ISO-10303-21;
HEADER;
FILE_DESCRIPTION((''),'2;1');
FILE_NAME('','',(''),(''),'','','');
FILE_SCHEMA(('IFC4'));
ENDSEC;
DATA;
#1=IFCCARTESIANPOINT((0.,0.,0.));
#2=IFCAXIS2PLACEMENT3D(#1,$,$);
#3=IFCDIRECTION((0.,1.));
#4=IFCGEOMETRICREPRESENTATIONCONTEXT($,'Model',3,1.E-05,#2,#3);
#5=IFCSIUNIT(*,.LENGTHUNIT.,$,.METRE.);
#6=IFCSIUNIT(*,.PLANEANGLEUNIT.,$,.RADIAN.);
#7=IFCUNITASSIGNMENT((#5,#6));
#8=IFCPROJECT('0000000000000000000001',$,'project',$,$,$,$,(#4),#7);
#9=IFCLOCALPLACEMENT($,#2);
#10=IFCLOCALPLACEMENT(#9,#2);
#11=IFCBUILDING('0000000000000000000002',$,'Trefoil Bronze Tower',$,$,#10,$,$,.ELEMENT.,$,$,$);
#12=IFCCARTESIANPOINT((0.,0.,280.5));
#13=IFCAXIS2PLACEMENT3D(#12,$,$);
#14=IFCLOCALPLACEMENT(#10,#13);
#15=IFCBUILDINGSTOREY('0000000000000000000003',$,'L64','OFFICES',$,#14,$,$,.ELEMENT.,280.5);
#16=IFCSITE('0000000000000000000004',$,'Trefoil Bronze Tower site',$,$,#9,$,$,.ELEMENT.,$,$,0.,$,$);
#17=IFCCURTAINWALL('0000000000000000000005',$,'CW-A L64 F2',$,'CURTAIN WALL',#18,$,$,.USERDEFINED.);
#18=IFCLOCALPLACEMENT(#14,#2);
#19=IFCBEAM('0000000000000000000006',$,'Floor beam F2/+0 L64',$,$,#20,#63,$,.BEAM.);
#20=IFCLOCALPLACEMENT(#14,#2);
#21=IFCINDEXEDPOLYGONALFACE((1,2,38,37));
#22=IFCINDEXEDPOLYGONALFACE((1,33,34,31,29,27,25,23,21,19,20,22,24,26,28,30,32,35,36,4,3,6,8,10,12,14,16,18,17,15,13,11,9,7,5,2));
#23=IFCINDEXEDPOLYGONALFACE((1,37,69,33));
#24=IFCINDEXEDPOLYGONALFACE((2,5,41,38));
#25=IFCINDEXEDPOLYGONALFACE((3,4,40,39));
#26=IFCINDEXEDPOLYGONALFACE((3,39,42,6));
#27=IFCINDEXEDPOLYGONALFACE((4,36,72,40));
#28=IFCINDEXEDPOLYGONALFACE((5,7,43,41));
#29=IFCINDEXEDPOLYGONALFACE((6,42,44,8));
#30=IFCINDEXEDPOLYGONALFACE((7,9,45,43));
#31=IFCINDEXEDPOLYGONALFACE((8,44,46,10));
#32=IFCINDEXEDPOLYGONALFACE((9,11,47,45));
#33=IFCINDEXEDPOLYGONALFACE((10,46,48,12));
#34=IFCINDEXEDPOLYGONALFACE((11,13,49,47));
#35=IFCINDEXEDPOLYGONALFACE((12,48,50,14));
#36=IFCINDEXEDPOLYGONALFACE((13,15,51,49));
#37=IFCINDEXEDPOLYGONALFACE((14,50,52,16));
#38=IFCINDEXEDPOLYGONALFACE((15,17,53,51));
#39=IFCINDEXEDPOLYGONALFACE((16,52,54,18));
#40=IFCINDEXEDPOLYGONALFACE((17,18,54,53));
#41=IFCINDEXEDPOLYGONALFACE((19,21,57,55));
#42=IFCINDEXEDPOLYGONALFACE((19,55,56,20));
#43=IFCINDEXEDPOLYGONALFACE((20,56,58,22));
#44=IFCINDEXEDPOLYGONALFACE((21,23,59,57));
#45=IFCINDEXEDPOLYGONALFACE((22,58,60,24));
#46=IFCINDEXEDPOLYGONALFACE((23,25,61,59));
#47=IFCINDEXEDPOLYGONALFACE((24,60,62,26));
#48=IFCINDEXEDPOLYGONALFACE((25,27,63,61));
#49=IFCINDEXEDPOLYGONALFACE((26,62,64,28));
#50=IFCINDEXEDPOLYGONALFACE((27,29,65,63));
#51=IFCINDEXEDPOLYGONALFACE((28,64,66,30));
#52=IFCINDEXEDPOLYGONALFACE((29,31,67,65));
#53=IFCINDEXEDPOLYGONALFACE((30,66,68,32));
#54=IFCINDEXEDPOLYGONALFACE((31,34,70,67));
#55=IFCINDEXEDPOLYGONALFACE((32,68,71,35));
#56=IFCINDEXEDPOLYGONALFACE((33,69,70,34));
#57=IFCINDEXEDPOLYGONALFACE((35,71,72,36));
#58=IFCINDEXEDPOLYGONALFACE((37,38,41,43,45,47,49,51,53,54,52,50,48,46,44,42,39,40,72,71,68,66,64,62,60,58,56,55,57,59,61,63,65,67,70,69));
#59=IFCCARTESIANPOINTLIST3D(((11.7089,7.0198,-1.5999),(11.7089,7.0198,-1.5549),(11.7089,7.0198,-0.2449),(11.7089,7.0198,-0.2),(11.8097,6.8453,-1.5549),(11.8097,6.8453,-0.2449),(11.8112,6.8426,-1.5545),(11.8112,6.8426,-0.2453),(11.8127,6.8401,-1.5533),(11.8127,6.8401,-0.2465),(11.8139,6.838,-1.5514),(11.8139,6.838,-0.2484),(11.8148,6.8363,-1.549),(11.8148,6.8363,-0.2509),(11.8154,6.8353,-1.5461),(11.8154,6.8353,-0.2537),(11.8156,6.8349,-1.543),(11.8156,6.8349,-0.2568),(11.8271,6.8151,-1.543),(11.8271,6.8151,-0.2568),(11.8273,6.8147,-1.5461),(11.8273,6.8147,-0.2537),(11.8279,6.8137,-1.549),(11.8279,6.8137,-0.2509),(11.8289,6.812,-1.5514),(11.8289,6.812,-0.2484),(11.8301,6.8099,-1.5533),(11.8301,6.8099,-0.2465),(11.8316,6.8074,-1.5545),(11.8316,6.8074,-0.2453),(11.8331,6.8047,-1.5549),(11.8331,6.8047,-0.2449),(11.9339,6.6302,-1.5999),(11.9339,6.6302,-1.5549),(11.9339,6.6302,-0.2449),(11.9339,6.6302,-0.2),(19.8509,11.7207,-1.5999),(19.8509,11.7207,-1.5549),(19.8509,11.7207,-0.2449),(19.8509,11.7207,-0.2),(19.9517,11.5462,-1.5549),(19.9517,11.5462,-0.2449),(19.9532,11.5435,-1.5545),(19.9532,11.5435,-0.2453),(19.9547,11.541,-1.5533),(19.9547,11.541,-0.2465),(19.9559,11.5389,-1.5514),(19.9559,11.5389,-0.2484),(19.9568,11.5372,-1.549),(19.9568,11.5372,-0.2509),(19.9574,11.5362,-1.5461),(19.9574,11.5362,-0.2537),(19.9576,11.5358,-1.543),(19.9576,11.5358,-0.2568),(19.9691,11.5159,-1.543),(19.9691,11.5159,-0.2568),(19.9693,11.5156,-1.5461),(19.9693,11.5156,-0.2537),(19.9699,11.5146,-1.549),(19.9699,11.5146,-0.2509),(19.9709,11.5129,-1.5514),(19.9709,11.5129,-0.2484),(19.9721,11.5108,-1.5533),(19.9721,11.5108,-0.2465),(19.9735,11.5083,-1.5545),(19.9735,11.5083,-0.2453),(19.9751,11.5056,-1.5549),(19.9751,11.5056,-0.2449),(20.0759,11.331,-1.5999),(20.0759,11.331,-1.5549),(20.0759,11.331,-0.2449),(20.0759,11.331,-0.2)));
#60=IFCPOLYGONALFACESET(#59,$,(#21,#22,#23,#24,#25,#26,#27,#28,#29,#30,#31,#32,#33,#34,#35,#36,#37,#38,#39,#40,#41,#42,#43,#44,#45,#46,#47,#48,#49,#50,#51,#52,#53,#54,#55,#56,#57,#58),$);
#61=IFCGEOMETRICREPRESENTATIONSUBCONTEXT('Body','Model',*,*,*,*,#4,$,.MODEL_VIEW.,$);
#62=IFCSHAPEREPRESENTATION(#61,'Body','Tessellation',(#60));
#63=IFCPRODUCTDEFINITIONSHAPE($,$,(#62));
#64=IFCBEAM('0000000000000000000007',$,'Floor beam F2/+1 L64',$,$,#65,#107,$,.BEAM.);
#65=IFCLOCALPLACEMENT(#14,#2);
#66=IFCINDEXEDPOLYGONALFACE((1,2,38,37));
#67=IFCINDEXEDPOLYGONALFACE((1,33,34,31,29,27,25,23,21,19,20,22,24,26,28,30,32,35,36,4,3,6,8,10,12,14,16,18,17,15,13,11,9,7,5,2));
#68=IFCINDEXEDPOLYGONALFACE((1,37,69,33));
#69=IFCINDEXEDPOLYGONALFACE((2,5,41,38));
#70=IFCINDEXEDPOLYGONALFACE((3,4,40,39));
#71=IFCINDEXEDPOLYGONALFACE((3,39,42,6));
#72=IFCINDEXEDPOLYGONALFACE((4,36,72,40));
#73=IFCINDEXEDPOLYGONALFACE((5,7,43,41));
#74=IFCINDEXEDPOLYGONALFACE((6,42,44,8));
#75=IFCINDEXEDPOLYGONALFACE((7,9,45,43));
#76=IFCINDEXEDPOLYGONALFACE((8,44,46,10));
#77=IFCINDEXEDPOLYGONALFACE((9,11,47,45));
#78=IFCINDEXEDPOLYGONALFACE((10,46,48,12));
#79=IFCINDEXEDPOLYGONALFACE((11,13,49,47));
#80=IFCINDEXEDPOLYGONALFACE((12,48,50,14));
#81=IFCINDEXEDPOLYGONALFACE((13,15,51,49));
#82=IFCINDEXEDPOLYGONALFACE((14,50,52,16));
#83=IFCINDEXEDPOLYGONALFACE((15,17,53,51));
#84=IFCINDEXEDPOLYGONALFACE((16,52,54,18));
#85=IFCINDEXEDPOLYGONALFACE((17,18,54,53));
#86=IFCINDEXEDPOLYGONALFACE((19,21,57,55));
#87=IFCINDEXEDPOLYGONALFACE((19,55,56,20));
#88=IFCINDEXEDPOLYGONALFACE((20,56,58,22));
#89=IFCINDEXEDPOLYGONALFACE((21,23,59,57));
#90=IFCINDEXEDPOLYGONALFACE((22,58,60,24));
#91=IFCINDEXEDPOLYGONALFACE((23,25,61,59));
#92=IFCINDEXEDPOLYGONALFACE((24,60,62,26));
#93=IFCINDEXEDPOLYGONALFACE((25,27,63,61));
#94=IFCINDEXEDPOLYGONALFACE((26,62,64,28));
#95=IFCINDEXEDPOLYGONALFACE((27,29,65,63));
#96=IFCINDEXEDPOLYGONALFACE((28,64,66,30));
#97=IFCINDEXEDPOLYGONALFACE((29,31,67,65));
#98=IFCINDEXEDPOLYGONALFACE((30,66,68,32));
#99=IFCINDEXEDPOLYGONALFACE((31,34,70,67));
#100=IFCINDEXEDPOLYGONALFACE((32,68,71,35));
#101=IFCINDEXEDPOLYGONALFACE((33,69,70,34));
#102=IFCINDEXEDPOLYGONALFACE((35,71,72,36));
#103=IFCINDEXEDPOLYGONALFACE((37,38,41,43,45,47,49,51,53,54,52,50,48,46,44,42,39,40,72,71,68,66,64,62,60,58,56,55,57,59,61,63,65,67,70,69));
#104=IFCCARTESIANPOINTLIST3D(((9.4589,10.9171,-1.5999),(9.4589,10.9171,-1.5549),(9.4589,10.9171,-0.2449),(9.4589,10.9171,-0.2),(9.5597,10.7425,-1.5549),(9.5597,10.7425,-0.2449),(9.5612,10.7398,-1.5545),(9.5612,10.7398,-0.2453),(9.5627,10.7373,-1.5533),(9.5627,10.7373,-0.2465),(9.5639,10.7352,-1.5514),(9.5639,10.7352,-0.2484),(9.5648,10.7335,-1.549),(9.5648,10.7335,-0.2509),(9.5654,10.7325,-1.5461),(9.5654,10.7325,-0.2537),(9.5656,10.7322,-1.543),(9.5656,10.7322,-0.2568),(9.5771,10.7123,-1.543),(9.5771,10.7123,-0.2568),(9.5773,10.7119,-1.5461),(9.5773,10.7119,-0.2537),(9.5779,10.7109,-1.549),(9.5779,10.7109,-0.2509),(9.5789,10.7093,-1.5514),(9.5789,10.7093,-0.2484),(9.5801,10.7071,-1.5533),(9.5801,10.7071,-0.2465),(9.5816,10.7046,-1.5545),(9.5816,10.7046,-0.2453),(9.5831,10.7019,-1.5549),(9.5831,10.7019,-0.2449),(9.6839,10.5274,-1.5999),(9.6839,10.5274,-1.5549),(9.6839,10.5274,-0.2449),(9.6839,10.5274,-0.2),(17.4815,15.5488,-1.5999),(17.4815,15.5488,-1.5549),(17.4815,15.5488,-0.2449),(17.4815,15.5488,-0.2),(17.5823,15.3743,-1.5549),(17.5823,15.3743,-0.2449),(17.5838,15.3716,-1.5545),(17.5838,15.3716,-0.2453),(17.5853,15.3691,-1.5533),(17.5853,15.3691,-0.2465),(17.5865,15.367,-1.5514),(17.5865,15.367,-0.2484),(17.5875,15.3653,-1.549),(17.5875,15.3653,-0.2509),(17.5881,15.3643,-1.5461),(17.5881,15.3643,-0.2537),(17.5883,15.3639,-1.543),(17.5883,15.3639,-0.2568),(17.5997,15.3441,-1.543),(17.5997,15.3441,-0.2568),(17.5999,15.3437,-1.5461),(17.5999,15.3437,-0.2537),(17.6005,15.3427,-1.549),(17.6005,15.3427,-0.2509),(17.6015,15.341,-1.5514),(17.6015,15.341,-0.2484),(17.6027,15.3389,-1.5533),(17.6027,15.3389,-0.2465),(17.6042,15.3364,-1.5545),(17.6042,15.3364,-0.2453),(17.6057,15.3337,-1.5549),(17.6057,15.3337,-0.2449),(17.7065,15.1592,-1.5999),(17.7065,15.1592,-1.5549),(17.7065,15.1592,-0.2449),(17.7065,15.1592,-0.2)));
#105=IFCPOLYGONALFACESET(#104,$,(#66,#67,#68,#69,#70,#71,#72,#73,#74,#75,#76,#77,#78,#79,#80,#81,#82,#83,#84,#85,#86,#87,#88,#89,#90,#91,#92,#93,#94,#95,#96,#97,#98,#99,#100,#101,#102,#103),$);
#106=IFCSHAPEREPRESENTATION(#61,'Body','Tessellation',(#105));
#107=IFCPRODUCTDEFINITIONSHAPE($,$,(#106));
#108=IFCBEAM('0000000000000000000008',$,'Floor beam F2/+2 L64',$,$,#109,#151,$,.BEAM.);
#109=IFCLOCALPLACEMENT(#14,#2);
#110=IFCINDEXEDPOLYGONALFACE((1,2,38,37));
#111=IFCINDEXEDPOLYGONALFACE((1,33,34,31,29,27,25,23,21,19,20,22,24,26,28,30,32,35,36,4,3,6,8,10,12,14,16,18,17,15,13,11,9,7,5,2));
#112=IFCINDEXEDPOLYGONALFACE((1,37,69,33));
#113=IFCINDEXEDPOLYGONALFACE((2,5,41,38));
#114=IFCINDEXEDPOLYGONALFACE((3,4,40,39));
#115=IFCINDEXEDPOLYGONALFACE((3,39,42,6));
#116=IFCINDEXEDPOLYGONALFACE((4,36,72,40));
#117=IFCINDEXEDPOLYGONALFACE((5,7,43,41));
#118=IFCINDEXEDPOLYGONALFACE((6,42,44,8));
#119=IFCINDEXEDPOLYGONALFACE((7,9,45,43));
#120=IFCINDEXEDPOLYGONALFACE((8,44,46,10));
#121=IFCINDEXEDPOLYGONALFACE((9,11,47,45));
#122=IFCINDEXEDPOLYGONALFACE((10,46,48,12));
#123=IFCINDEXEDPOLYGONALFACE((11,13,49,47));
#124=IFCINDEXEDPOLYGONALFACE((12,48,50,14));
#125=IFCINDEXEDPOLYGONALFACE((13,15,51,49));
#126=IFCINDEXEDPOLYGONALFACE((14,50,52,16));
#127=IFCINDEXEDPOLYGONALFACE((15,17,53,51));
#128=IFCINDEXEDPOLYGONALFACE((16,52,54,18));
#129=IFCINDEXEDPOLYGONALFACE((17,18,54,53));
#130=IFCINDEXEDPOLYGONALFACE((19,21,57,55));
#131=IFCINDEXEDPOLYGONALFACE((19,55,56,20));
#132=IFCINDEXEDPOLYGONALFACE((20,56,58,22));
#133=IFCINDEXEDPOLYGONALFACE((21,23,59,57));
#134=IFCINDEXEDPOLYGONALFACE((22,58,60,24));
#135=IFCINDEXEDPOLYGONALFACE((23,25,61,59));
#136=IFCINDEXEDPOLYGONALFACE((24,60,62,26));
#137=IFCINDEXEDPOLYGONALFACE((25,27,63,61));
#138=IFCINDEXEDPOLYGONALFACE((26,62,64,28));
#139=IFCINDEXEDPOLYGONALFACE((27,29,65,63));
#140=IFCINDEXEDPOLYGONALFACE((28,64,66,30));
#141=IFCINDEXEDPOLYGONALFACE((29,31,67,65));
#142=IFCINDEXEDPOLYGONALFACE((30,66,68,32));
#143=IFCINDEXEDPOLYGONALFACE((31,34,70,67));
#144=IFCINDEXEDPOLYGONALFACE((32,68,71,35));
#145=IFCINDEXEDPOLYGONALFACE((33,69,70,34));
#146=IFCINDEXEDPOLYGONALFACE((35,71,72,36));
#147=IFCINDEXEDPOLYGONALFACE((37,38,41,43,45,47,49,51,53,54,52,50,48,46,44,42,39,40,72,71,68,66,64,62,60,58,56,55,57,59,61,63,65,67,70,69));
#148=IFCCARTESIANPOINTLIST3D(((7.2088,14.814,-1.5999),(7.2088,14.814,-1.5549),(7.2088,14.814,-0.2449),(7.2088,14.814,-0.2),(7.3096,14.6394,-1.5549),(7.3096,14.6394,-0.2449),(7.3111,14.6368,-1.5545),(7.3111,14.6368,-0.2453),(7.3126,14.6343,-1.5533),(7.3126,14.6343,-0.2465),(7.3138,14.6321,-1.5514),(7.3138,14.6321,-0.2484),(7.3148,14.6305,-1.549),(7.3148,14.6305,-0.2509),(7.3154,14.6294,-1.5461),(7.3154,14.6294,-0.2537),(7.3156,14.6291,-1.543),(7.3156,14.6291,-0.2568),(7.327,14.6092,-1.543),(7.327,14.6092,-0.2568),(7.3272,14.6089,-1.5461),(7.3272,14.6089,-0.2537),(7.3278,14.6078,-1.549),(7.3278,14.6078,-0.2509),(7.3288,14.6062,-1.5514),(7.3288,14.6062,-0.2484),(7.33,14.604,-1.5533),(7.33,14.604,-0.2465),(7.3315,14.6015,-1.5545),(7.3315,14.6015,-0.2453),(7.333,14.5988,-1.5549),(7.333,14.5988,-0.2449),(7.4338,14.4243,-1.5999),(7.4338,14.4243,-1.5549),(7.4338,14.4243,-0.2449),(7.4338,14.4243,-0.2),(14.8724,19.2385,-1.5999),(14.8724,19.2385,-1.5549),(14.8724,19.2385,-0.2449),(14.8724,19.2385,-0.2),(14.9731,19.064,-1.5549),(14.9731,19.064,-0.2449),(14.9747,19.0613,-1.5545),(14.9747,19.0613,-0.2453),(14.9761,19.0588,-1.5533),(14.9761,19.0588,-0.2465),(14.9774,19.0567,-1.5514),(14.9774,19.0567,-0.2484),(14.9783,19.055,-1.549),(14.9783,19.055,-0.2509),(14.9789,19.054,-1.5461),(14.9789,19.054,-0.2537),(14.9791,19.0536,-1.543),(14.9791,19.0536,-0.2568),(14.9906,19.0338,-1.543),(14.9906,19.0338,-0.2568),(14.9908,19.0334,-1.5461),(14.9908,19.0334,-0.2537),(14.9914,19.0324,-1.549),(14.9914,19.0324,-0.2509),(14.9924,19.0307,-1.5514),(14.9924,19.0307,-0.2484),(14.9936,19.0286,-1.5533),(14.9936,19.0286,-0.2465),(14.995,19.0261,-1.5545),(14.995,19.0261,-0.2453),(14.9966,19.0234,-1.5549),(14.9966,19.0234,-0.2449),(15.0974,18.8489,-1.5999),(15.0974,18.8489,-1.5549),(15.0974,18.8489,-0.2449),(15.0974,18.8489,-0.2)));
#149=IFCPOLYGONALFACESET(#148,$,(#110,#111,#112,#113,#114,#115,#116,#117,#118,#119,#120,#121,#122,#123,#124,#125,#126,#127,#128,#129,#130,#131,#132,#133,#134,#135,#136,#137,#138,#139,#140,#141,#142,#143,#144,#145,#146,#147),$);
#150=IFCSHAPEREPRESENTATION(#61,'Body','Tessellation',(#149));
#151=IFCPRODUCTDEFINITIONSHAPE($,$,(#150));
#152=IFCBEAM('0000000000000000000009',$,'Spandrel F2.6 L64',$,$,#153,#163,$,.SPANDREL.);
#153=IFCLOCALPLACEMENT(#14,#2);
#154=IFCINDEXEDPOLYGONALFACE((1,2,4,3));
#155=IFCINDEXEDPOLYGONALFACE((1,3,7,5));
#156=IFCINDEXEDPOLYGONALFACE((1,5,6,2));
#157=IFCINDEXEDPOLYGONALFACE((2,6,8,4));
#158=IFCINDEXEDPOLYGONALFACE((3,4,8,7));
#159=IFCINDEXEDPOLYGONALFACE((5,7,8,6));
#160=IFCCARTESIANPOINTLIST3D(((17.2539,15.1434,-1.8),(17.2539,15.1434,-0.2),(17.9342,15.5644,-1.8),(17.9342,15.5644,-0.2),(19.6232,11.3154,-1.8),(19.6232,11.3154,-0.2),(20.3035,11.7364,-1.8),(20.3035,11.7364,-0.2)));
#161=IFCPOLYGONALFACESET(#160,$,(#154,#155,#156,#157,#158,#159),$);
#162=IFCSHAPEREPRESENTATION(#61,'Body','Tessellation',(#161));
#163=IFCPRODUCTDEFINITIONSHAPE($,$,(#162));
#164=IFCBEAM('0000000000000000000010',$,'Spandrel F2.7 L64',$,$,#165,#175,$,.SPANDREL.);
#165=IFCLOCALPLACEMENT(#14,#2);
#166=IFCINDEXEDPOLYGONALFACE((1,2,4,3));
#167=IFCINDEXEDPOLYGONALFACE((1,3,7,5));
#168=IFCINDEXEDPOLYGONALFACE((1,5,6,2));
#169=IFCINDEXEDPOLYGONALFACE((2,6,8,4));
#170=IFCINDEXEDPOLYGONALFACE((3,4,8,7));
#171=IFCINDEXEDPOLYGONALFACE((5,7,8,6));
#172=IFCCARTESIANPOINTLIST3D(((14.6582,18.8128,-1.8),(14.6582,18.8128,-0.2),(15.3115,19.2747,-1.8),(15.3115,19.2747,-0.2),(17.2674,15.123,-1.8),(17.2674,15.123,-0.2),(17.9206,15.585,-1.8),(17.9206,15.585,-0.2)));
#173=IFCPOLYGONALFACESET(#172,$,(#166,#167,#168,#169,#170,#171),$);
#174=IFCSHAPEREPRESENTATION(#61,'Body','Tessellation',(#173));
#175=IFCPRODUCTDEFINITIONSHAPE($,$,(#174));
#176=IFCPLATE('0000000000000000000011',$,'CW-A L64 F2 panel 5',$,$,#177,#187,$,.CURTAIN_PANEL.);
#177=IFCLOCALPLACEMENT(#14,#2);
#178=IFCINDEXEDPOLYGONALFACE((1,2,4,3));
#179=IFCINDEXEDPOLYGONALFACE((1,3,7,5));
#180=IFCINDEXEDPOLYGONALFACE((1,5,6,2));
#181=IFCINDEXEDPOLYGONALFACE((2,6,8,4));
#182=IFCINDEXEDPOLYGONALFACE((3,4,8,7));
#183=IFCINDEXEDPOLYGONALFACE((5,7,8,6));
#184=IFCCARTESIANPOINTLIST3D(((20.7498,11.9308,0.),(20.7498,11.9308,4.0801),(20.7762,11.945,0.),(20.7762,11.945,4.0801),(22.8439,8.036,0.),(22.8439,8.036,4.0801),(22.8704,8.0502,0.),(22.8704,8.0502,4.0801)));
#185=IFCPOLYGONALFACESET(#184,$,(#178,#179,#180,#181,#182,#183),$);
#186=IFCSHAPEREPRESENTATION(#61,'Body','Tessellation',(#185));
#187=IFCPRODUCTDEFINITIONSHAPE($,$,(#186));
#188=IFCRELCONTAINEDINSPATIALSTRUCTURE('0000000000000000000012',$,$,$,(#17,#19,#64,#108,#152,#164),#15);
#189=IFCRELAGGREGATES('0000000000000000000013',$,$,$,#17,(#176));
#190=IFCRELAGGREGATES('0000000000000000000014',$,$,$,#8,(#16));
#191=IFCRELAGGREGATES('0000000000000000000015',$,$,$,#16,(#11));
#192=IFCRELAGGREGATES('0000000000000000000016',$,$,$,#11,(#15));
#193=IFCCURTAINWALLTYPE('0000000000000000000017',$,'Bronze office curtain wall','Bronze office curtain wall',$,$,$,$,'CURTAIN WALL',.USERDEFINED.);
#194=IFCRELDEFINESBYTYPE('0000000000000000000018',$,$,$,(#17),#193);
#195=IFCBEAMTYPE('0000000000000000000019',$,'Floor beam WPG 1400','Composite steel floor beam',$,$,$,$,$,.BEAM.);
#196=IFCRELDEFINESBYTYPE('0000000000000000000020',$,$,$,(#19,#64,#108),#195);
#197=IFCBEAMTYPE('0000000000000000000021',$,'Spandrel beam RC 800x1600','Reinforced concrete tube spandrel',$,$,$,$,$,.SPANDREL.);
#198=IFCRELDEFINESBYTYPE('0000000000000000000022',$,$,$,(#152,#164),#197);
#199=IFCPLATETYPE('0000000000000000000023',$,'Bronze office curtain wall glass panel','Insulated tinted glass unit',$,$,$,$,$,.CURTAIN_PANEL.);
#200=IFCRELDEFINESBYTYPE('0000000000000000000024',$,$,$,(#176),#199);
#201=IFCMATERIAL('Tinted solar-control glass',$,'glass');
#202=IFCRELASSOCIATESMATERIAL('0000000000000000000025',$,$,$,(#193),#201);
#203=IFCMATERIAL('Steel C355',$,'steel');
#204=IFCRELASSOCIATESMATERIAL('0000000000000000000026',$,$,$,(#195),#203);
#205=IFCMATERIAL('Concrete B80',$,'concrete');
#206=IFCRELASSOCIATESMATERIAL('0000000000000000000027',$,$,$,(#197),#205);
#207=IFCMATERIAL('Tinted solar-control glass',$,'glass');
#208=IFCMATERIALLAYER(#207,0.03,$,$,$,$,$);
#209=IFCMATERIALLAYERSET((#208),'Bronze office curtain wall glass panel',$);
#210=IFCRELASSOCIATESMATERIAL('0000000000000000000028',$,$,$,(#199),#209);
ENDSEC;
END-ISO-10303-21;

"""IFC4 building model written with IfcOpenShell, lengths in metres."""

from ifc_helpers import new_model, si_unit, direction, frame, origin, origin_2d, place, context, subcontext, project, spatial, rectangle, i_section, extrude, material, layer, layer_set, material_profile, profile_set, type_object, element, aggregate, save


model = new_model("IFC4")

# Units and contexts
model_context = context("Model", 3, precision=1e-05, world=origin(), true_north=direction((0.0, 1.0)))
body_context = subcontext(model_context, "Body", "Model", "MODEL_VIEW")
ifc_project = project(units=[si_unit("LENGTHUNIT", "METRE"), si_unit("PLANEANGLEUNIT", "RADIAN")], contexts=[model_context])

# Site, building, storey
site_placement = place(None, origin())
site = spatial("IfcSite", under=ifc_project, at=site_placement, Name="Trefoil Bronze Tower site", CompositionType="ELEMENT", RefElevation=0.0)
building_placement = place(site_placement, origin())
building = spatial("IfcBuilding", under=site, at=building_placement, Name="Trefoil Bronze Tower", CompositionType="ELEMENT")
storey_placement = place(building_placement, frame((0.0, 0.0, 280.5)))
storey = spatial("IfcBuildingStorey", under=building, at=storey_placement, Name="L64", Description="OFFICES", CompositionType="ELEMENT", Elevation=280.5)

# Curtain wall
ifc_material_1 = material(Name="Tinted solar-control glass", Category="glass")
curtain_wall_type = type_object("IfcCurtainWallType", Name="Bronze office curtain wall", Description="Bronze office curtain wall", ElementType="CURTAIN WALL", PredefinedType="USERDEFINED", material=ifc_material_1)
curtain_wall_placement = place(storey_placement, origin())
curtain_wall = element("IfcCurtainWall", 1, at=curtain_wall_placement, inside=storey, type_object=curtain_wall_type, Name="CW-A L64 F2", ObjectType="CURTAIN WALL", PredefinedType="USERDEFINED")

# Beams
ifc_material_2 = material(Name="Steel C355", Category="steel")
ifc_material_profile_1 = material_profile(ifc_material_2, i_section(OverallWidth=0.45, OverallDepth=1.3999, WebThickness=0.0229, FlangeThickness=0.0449, FilletRadius=0.012, at=origin_2d()), Name="WPG 1400")
ifc_profile_set_1 = profile_set([ifc_material_profile_1], Name="Steel C355")
beam_type_1 = type_object("IfcBeamType", Name="Floor beam WPG 1400", Description="Composite steel floor beam", PredefinedType="BEAM", material=ifc_profile_set_1)
beam_1_placement = place(storey_placement, frame((19.9634, 11.5259, -0.8999), z_axis=(-0.866021, -0.500007, 0.0), x_axis=(0.500007, -0.866021, 0.0)))
element("IfcBeam", 2, at=beam_1_placement, inside=storey, type_object=beam_type_1, Name="Floor beam F2/+0 L64", PredefinedType="BEAM", context=body_context, shape_type="SweptSolid", body=[
    extrude(i_section(OverallWidth=0.45, OverallDepth=1.3999, WebThickness=0.0229, FlangeThickness=0.0449, FilletRadius=0.012, at=origin_2d()), origin(), (0.0, 0.0, 1.0), 9.4016),
])
beam_2_placement = place(storey_placement, frame((17.594, 15.354, -0.8999), z_axis=(-0.866029, -0.499994, 0.0), x_axis=(0.499994, -0.866029, 0.0)))
element("IfcBeam", 3, at=beam_2_placement, inside=storey, type_object=beam_type_1, Name="Floor beam F2/+1 L64", PredefinedType="BEAM", context=body_context, shape_type="SweptSolid", body=[
    extrude(i_section(OverallWidth=0.45, OverallDepth=1.3999, WebThickness=0.0229, FlangeThickness=0.0449, FilletRadius=0.012, at=origin_2d()), origin(), (0.0, 0.0, 1.0), 9.2637),
])
beam_3_placement = place(storey_placement, frame((14.9849, 19.0437, -0.8999), z_axis=(-0.866026, -0.499999, 0.0), x_axis=(0.499999, -0.866026, 0.0)))
element("IfcBeam", 4, at=beam_3_placement, inside=storey, type_object=beam_type_1, Name="Floor beam F2/+2 L64", PredefinedType="BEAM", context=body_context, shape_type="SweptSolid", body=[
    extrude(i_section(OverallWidth=0.45, OverallDepth=1.3999, WebThickness=0.0229, FlangeThickness=0.0449, FilletRadius=0.012, at=origin_2d()), origin(), (0.0, 0.0, 1.0), 8.8491),
])
ifc_material_3 = material(Name="Concrete B80", Category="concrete")
ifc_material_profile_2 = material_profile(ifc_material_3, rectangle(XDim=0.8, YDim=1.6001, at=origin_2d()), Name="RC 800x1600")
ifc_profile_set_2 = profile_set([ifc_material_profile_2], Name="Concrete B80")
beam_type_2 = type_object("IfcBeamType", Name="Spandrel beam RC 800x1600", Description="Reinforced concrete tube spandrel", PredefinedType="SPANDREL", material=ifc_profile_set_2)
beam_4_placement = place(storey_placement, frame((19.9634, 11.5259, -1.0), z_axis=(-0.526289, 0.850306, 0.0), x_axis=(-0.850306, -0.526289, 0.0)))
element("IfcBeam", 5, at=beam_4_placement, inside=storey, type_object=beam_type_2, Name="Spandrel F2.6 L64", PredefinedType="SPANDREL", context=body_context, shape_type="SweptSolid", body=[
    extrude(rectangle(XDim=0.8, YDim=1.6001, at=origin_2d()), origin(), (0.0, 0.0, 1.0), 4.502),
])
beam_5_placement = place(storey_placement, frame((17.594, 15.354, -1.0), z_axis=(-0.577368, 0.816484, 0.0), x_axis=(-0.816484, -0.577368, 0.0)))
element("IfcBeam", 6, at=beam_5_placement, inside=storey, type_object=beam_type_2, Name="Spandrel F2.7 L64", PredefinedType="SPANDREL", context=body_context, shape_type="SweptSolid", body=[
    extrude(rectangle(XDim=0.8, YDim=1.6001, at=origin_2d()), origin(), (0.0, 0.0, 1.0), 4.519),
])

# Plate
ifc_material_4 = material(Name="Tinted solar-control glass", Category="glass")
ifc_layer_1 = layer(ifc_material_4, 0.03)
ifc_layer_set_1 = layer_set([ifc_layer_1], Name="Bronze office curtain wall glass panel")
plate_type = type_object("IfcPlateType", Name="Bronze office curtain wall glass panel", Description="Insulated tinted glass unit", PredefinedType="CURTAIN_PANEL", material=ifc_layer_set_1)
plate_1_placement = place(storey_placement, frame((21.8101, 9.9905, 0.0), z_axis=(0.0, 0.0, 1.0), x_axis=(-0.473562, 0.88076, 0.0)))
plate_1 = element("IfcPlate", 7, at=plate_1_placement, type_object=plate_type, Name="CW-A L64 F2 panel 5", PredefinedType="CURTAIN_PANEL", context=body_context, shape_type="SweptSolid", body=[
    extrude(rectangle(XDim=4.4221, YDim=0.03, at=origin_2d()), origin(), (0.0, 0.0, 1.0), 4.0801),
])
aggregate(curtain_wall, [plate_1])

save(model, "model.ifc")
